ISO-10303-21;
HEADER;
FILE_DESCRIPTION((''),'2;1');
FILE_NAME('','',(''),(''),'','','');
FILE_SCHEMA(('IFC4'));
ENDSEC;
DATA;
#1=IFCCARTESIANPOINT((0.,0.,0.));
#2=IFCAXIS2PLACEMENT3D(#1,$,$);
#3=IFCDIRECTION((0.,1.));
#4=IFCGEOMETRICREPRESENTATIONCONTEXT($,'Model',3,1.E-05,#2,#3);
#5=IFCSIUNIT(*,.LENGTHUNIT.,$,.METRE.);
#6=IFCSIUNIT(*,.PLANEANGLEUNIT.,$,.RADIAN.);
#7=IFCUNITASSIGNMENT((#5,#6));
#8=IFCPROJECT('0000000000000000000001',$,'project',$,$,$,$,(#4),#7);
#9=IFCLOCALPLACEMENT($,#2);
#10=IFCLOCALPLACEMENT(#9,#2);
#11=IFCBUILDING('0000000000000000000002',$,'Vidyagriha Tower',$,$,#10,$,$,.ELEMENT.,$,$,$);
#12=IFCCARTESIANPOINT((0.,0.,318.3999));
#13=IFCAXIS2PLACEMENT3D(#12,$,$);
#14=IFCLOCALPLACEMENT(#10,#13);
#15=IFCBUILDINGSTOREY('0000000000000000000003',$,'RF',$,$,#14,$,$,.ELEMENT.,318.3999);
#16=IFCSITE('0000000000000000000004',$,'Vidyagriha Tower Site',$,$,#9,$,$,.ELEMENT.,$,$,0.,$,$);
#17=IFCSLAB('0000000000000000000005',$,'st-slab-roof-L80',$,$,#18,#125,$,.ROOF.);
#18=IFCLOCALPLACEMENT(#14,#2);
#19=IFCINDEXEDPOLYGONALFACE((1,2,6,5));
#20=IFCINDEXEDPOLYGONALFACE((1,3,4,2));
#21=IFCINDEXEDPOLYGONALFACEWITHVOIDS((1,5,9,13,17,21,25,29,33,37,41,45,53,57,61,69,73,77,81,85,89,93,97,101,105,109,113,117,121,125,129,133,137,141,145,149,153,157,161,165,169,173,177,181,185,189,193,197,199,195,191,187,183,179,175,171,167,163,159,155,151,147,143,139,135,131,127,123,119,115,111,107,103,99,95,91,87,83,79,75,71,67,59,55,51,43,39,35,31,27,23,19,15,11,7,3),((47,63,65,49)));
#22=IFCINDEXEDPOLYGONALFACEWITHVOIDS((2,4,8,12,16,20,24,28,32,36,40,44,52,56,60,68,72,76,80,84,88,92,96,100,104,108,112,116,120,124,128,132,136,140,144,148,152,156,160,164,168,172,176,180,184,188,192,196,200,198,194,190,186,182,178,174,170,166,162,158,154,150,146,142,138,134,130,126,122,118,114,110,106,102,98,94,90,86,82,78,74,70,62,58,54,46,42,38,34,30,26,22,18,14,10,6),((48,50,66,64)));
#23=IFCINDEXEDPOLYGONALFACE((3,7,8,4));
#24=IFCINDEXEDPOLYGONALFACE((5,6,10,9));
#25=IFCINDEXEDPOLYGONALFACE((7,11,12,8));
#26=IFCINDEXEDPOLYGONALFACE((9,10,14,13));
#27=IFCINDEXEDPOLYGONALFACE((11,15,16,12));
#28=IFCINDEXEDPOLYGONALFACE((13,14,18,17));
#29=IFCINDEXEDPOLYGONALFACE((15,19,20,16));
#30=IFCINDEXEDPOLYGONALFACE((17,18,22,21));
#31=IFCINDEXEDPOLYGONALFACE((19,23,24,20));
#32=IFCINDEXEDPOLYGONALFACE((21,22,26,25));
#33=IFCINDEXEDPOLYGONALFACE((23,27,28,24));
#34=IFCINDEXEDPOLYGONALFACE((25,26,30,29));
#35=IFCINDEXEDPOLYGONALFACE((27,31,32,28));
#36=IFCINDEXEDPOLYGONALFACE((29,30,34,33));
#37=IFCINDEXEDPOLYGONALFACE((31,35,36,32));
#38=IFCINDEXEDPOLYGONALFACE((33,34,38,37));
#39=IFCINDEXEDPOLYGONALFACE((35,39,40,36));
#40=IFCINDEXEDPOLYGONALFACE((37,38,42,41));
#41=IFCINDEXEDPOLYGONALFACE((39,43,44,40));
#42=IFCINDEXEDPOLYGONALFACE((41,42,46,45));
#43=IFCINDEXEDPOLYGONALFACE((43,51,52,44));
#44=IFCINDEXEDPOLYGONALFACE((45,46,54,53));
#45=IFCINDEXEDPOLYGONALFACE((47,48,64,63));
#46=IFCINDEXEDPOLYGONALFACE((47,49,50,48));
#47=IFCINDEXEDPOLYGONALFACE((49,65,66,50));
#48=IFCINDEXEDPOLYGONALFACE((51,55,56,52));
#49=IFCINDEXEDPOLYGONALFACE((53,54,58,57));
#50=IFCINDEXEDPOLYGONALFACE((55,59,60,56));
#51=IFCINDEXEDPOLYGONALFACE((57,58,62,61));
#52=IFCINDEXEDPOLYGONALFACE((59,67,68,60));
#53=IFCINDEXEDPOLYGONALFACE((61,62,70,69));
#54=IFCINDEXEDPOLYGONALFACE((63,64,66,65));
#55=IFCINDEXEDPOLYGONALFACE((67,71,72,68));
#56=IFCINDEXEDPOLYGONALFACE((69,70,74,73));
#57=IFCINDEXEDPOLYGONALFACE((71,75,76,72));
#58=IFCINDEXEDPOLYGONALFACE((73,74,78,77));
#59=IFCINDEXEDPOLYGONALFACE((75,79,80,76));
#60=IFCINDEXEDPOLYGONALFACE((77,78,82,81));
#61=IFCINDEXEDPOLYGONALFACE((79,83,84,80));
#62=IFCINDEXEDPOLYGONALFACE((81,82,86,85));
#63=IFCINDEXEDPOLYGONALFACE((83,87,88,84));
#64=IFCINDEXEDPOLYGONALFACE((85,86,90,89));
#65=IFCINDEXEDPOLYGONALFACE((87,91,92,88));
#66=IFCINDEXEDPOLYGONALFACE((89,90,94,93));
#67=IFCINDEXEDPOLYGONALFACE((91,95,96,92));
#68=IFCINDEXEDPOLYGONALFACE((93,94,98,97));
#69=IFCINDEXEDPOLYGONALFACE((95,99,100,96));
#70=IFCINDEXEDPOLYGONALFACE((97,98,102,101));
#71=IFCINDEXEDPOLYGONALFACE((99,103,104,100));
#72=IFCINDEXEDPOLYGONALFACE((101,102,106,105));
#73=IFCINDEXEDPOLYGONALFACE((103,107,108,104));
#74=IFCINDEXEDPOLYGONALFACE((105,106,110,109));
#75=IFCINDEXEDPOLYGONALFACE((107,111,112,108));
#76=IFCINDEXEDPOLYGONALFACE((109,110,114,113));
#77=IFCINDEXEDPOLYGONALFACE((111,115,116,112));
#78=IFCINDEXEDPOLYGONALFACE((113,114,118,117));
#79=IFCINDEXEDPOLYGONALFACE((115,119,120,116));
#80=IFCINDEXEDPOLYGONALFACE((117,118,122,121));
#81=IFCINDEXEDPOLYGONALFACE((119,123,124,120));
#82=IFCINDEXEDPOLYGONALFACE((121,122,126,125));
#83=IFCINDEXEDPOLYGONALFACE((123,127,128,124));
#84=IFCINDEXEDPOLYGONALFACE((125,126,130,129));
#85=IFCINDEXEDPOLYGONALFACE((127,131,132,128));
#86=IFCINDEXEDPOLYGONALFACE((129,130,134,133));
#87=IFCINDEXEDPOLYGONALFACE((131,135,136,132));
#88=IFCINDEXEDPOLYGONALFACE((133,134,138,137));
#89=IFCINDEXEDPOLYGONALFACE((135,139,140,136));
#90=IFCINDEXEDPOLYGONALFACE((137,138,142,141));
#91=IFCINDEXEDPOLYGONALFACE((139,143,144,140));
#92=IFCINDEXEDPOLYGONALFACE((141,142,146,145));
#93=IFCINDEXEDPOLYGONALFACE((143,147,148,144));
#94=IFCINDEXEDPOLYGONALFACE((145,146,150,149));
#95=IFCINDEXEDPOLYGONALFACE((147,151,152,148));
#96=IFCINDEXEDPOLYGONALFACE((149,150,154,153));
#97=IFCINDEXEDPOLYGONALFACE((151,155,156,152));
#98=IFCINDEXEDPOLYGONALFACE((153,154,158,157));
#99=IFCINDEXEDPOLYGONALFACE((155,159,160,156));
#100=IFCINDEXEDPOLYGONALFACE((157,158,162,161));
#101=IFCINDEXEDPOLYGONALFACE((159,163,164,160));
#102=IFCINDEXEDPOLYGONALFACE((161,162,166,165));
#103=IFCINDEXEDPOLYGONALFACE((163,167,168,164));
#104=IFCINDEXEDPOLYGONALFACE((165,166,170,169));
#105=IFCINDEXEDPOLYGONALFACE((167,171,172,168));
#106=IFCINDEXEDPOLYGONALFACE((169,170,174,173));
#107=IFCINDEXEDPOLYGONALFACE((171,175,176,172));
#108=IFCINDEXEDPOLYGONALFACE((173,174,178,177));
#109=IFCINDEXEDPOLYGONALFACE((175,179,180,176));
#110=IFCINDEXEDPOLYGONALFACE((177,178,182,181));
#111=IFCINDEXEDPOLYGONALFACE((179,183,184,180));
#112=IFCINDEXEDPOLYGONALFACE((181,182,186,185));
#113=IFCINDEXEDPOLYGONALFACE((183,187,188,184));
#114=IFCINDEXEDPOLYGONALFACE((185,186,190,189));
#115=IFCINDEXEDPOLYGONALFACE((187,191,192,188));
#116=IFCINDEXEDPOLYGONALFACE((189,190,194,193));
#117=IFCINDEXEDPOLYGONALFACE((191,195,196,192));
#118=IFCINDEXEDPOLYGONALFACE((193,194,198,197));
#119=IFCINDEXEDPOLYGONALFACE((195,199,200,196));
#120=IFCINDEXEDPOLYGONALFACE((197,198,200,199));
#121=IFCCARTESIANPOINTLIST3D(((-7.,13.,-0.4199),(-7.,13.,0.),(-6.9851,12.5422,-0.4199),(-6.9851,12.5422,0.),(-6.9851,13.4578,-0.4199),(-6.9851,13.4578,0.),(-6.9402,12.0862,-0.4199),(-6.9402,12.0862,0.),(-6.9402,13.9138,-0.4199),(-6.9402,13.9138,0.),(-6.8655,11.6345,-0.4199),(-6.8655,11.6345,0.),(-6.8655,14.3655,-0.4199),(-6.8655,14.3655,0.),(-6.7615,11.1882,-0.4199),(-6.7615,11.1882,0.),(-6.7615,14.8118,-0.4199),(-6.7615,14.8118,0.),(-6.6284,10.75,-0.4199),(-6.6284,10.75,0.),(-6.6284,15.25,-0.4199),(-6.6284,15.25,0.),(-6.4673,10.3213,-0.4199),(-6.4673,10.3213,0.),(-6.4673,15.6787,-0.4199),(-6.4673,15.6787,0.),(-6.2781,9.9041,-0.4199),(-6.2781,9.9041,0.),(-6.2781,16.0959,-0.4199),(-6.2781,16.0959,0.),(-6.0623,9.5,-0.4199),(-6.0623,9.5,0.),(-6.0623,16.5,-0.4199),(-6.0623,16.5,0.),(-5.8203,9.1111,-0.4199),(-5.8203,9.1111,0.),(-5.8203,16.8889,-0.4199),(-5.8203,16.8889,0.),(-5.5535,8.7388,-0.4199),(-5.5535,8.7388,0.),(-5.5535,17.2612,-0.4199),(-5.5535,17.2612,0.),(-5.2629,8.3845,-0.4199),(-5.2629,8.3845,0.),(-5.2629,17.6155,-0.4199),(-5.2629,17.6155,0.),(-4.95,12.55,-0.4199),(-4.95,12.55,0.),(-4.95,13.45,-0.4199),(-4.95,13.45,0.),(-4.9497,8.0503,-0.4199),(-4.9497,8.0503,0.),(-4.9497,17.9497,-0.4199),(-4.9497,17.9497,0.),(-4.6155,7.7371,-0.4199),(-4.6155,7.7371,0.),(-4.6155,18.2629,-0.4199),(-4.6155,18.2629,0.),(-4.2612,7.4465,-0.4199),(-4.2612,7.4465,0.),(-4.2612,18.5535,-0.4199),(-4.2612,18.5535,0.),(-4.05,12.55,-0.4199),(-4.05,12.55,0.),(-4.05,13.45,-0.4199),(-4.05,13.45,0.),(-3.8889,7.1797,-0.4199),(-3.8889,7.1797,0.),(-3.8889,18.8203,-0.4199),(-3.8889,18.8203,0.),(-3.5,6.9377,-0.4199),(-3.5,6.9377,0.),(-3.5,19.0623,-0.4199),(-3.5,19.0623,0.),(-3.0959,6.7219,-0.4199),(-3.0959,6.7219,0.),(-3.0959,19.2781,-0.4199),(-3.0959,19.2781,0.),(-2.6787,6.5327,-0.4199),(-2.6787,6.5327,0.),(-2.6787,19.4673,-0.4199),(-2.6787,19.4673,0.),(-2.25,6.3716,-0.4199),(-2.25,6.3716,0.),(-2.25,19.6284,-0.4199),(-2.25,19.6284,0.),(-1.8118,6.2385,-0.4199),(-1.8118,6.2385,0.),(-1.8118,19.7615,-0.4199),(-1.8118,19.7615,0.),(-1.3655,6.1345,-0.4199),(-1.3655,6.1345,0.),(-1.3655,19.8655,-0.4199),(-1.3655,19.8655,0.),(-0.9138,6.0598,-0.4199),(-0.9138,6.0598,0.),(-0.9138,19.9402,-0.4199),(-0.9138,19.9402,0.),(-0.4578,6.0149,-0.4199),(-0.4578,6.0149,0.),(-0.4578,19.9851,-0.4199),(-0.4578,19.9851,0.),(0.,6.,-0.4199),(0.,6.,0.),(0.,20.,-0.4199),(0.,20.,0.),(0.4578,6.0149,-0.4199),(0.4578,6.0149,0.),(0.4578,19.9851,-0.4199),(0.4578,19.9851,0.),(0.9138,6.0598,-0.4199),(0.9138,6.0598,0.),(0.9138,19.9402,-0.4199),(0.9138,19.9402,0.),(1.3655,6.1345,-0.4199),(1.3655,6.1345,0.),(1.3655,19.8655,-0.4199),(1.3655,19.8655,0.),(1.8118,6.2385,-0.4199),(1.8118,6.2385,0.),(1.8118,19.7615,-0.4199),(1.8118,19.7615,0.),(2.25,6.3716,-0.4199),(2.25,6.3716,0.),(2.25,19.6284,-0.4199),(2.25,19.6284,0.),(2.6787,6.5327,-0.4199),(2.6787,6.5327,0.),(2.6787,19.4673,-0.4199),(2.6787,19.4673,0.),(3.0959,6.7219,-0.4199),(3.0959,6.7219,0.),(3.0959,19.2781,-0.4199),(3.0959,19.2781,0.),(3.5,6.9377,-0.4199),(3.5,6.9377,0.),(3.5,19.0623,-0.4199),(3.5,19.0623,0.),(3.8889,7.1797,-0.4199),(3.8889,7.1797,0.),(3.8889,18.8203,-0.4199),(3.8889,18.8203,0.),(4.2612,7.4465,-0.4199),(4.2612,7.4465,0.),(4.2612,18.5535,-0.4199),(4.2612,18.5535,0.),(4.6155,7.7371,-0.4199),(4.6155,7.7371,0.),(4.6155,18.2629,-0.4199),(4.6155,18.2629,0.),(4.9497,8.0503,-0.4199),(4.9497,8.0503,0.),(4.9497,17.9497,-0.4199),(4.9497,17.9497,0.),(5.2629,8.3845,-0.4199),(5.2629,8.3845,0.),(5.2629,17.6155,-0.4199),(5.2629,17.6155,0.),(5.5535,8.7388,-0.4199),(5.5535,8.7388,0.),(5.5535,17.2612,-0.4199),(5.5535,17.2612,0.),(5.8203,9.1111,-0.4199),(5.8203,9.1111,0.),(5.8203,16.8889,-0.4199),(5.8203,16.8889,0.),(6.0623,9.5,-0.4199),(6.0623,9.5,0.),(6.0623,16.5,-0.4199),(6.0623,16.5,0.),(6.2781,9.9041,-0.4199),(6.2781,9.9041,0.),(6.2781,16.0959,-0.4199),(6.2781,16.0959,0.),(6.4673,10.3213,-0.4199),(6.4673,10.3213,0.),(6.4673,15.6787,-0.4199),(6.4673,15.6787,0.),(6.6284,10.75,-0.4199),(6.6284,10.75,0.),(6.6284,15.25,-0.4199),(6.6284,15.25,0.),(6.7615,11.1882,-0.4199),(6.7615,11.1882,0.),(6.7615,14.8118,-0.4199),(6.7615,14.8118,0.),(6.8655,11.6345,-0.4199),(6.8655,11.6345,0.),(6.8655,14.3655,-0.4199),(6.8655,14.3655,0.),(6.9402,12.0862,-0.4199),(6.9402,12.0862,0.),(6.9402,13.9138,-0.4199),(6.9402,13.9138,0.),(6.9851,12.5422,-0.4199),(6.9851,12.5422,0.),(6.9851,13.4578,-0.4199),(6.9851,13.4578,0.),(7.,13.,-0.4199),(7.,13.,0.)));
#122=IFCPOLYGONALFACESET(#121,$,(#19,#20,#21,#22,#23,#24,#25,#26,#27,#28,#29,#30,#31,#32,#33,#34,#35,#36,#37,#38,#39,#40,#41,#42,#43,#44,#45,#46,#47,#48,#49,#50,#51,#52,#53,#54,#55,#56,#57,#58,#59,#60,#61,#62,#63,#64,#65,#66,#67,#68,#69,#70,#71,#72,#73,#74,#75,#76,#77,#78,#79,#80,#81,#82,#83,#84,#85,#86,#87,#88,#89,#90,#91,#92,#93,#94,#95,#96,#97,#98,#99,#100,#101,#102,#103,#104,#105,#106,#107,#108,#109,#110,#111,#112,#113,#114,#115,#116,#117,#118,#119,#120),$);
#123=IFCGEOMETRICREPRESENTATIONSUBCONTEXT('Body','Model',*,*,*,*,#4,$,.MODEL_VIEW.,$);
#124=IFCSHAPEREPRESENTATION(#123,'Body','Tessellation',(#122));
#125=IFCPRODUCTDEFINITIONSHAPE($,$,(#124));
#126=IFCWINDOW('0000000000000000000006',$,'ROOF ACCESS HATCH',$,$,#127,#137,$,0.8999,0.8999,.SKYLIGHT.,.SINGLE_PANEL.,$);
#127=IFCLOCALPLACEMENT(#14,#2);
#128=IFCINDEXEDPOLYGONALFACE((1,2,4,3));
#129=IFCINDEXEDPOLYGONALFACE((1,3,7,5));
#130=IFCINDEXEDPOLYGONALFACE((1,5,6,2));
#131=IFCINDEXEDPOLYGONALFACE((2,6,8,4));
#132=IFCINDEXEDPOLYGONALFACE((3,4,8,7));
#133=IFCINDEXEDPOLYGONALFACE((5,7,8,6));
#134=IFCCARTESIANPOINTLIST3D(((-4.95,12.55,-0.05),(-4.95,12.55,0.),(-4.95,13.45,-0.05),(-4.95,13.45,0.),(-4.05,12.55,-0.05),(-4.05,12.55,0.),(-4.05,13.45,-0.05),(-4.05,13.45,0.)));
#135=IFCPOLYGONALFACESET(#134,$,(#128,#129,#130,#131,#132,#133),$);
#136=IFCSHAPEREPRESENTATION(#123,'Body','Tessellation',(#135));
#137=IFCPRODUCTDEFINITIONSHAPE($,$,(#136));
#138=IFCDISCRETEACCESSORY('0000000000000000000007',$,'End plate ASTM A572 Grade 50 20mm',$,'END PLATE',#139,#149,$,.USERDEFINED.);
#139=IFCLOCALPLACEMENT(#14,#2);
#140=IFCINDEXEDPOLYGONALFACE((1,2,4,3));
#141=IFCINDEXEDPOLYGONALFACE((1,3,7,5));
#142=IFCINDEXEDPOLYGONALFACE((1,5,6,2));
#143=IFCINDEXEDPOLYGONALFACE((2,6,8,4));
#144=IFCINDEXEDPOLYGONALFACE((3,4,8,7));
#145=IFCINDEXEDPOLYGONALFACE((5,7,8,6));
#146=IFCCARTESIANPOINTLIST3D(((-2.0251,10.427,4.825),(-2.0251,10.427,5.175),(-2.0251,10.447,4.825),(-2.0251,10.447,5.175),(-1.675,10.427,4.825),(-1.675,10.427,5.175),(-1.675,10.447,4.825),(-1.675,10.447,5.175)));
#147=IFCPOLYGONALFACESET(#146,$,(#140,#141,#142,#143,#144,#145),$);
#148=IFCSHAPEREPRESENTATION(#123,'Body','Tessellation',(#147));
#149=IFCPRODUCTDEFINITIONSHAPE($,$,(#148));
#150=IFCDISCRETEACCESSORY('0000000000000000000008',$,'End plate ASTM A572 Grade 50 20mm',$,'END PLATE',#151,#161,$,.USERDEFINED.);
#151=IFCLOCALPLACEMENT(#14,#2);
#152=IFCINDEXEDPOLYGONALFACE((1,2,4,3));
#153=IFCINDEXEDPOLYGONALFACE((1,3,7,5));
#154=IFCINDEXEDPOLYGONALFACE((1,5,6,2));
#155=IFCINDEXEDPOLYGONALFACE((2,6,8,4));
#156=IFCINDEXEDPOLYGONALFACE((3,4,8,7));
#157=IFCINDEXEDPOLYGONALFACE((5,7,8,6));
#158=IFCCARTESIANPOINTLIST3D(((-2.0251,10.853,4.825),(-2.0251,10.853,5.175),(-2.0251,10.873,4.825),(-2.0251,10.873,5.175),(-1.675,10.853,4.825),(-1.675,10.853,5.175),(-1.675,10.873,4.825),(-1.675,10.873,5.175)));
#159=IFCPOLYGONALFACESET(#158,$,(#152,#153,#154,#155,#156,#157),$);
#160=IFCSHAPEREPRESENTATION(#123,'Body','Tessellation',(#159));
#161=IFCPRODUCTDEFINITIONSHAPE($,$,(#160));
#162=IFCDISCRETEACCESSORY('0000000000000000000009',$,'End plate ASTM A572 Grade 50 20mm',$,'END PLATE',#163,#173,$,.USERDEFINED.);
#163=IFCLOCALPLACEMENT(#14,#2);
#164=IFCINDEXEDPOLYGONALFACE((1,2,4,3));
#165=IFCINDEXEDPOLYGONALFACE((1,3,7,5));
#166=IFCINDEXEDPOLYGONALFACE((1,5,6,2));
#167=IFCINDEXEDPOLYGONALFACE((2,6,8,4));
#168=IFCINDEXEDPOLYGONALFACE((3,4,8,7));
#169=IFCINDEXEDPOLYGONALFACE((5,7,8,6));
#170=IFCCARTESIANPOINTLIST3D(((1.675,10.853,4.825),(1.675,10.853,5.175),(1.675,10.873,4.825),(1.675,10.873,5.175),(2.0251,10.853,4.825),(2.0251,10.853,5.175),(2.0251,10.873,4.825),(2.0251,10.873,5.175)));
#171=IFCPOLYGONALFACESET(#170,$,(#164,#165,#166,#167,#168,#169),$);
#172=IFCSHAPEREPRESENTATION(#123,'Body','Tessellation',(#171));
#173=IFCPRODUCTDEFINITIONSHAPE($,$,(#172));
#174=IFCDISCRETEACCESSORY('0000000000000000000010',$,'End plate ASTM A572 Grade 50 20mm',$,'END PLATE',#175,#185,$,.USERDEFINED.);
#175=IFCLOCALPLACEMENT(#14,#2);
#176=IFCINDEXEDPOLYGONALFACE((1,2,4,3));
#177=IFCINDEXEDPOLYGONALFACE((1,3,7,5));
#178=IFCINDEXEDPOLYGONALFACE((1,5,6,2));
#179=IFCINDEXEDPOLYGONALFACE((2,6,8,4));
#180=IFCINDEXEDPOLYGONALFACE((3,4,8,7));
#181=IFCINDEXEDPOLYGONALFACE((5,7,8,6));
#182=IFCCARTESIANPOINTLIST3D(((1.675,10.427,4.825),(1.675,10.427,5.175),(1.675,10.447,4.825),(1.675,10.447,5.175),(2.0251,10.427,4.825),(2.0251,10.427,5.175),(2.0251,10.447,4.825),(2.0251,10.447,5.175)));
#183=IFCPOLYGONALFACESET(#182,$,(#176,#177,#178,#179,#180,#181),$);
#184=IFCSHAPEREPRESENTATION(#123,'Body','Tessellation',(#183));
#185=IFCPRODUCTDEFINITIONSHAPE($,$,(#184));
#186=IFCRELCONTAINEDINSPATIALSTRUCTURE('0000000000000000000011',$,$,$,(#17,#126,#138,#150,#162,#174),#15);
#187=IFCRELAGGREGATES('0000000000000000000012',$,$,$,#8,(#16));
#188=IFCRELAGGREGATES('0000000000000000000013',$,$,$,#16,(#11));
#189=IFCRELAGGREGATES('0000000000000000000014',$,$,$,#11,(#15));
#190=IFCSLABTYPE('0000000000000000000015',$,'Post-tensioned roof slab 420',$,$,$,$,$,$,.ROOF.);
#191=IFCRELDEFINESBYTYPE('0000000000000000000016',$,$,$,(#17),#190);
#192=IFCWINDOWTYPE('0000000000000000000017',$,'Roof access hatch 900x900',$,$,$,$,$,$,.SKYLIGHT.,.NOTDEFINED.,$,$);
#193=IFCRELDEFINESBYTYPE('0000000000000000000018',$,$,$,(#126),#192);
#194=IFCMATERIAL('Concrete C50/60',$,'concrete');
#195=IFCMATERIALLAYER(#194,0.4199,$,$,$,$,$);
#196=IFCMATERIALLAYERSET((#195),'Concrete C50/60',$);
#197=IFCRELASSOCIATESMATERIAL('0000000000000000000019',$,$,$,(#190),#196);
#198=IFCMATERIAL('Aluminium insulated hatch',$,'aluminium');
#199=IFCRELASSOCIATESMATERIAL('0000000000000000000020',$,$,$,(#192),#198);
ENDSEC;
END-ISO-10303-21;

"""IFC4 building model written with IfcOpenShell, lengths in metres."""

from ifc_helpers import new_model, si_unit, direction, frame, origin, origin_2d, place, context, subcontext, project, spatial, polyline, rectangle, outline, extrude, material, layer, layer_set, type_object, element, fill, save


model = new_model("IFC4")

# Units and contexts
model_context = context("Model", 3, precision=1e-05, world=origin(), true_north=direction((0.0, 1.0)))
body_context = subcontext(model_context, "Body", "Model", "MODEL_VIEW")
ifc_project = project(units=[si_unit("LENGTHUNIT", "METRE"), si_unit("PLANEANGLEUNIT", "RADIAN")], contexts=[model_context])

# Site, building, storey
site_placement = place(None, origin())
site = spatial("IfcSite", under=ifc_project, at=site_placement, Name="Vidyagriha Tower Site", CompositionType="ELEMENT", RefElevation=0.0)
building_placement = place(site_placement, origin())
building = spatial("IfcBuilding", under=site, at=building_placement, Name="Vidyagriha Tower", CompositionType="ELEMENT")
storey_placement = place(building_placement, frame((0.0, 0.0, 318.3999)))
storey = spatial("IfcBuildingStorey", under=building, at=storey_placement, Name="RF", CompositionType="ELEMENT", Elevation=318.3999)

# Slab, opening, window
ifc_material_1 = material(Name="Concrete C50/60", Category="concrete")
ifc_layer = layer(ifc_material_1, 0.4199)
ifc_layer_set = layer_set([ifc_layer], Name="Concrete C50/60")
slab_type = type_object("IfcSlabType", Name="Post-tensioned roof slab 420", PredefinedType="ROOF", material=ifc_layer_set)
slab_placement = place(storey_placement, frame((0.0, 0.0, -0.4199)))
slab = element("IfcSlab", 1, at=slab_placement, inside=storey, type_object=slab_type, Name="st-slab-roof-L80", PredefinedType="ROOF", context=body_context, shape_type="SweptSolid", body=[
    extrude(outline(polyline([(7.0, 13.0), (6.9851, 12.5422), (6.9402, 12.0862), (6.8655, 11.6345), (6.7615, 11.1882), (6.6284, 10.75), (6.4673, 10.3213), (6.2781, 9.9041), (6.0623, 9.5), (5.8203, 9.1111), (5.5535, 8.7388), (5.2629, 8.3845), (4.9497, 8.0503), (4.6155, 7.7371), (4.2612, 7.4465), (3.8889, 7.1797), (3.5, 6.9377), (3.0959, 6.7219), (2.6787, 6.5327), (2.25, 6.3716), (1.8118, 6.2385), (1.3655, 6.1345), (0.9138, 6.0598), (0.4578, 6.0149), (0.0, 6.0), (-0.4578, 6.0149), (-0.9138, 6.0598), (-1.3655, 6.1345), (-1.8118, 6.2385), (-2.25, 6.3716), (-2.6787, 6.5327), (-3.0959, 6.7219), (-3.5, 6.9377), (-3.8889, 7.1797), (-4.2612, 7.4465), (-4.6155, 7.7371), (-4.9497, 8.0503), (-5.2629, 8.3845), (-5.5535, 8.7388), (-5.8203, 9.1111), (-6.0623, 9.5), (-6.2781, 9.9041), (-6.4673, 10.3213), (-6.6284, 10.75), (-6.7615, 11.1882), (-6.8655, 11.6345), (-6.9402, 12.0862), (-6.9851, 12.5422), (-7.0, 13.0), (-6.9851, 13.4578), (-6.9402, 13.9138), (-6.8655, 14.3655), (-6.7615, 14.8118), (-6.6284, 15.25), (-6.4673, 15.6787), (-6.2781, 16.0959), (-6.0623, 16.5), (-5.8203, 16.8889), (-5.5535, 17.2612), (-5.2629, 17.6155), (-4.9497, 17.9497), (-4.6155, 18.2629), (-4.2612, 18.5535), (-3.8889, 18.8203), (-3.5, 19.0623), (-3.0959, 19.2781), (-2.6787, 19.4673), (-2.25, 19.6284), (-1.8118, 19.7615), (-1.3655, 19.8655), (-0.9138, 19.9402), (-0.4578, 19.9851), (0.0, 20.0), (0.4578, 19.9851), (0.9138, 19.9402), (1.3655, 19.8655), (1.8118, 19.7615), (2.25, 19.6284), (2.6787, 19.4673), (3.0959, 19.2781), (3.5, 19.0623), (3.8889, 18.8203), (4.2612, 18.5535), (4.6155, 18.2629), (4.9497, 17.9497), (5.2629, 17.6155), (5.5535, 17.2612), (5.8203, 16.8889), (6.0623, 16.5), (6.2781, 16.0959), (6.4673, 15.6787), (6.6284, 15.25), (6.7615, 14.8118), (6.8655, 14.3655), (6.9402, 13.9138), (6.9851, 13.4578), (7.0, 13.0)])), origin(), (0.0, 0.0, 1.0), 0.4199),
])
opening_placement = place(slab_placement, frame((-4.5, 13.0, 0.0)))
opening = element("IfcOpeningElement", 2, at=opening_placement, cuts=slab, PredefinedType="OPENING", context=body_context, shape_type="SweptSolid", body=[
    extrude(rectangle(XDim=0.8999, YDim=0.8999, at=origin_2d()), origin(), (0.0, 0.0, 1.0), 0.4199),
])
ifc_material_2 = material(Name="Aluminium insulated hatch", Category="aluminium")
window_type = type_object("IfcWindowType", Name="Roof access hatch 900x900", PartitioningType="NOTDEFINED", PredefinedType="SKYLIGHT", material=ifc_material_2)
window_placement = place(opening_placement, frame((0.0, 0.0, 0.3699)))
window = element("IfcWindow", 3, at=window_placement, inside=storey, type_object=window_type, Name="ROOF ACCESS HATCH", OverallHeight=0.8999, OverallWidth=0.8999, PartitioningType="SINGLE_PANEL", PredefinedType="SKYLIGHT", context=body_context, shape_type="SweptSolid", body=[
    extrude(rectangle(XDim=0.8999, YDim=0.8999, at=origin_2d()), origin(), (0.0, 0.0, 1.0), 0.05),
])
fill(opening, window)

# Discrete accessories
for number, where, z_axis, x_axis, name in (
    (4, (-1.8501, 10.437, 4.825), (0.0, 0.0, 1.0), (-1.0, 0.0, 0.0), "End plate ASTM A572 Grade 50 20mm"),
    (5, (-1.8501, 10.863, 4.825), (0.0, 0.0, 1.0), (-1.0, 0.0, 0.0), "End plate ASTM A572 Grade 50 20mm"),
):
    element("IfcDiscreteAccessory", number, at=place(storey_placement, frame(where, z_axis=z_axis, x_axis=x_axis)), inside=storey, Name=name, ObjectType="END PLATE", PredefinedType="USERDEFINED", context=body_context, shape_type="SweptSolid", body=[
        extrude(rectangle(XDim=0.3501, YDim=0.02, at=origin_2d()), origin(), (0.0, 0.0, 1.0), 0.3501),
    ])
for number, where, name in (
    (6, (1.8501, 10.863, 4.825), "End plate ASTM A572 Grade 50 20mm"),
    (7, (1.8501, 10.437, 4.825), "End plate ASTM A572 Grade 50 20mm"),
):
    element("IfcDiscreteAccessory", number, at=place(storey_placement, frame(where)), inside=storey, Name=name, ObjectType="END PLATE", PredefinedType="USERDEFINED", context=body_context, shape_type="SweptSolid", body=[
        extrude(rectangle(XDim=0.3501, YDim=0.02, at=origin_2d()), origin(), (0.0, 0.0, 1.0), 0.3501),
    ])

save(model, "model.ifc")
